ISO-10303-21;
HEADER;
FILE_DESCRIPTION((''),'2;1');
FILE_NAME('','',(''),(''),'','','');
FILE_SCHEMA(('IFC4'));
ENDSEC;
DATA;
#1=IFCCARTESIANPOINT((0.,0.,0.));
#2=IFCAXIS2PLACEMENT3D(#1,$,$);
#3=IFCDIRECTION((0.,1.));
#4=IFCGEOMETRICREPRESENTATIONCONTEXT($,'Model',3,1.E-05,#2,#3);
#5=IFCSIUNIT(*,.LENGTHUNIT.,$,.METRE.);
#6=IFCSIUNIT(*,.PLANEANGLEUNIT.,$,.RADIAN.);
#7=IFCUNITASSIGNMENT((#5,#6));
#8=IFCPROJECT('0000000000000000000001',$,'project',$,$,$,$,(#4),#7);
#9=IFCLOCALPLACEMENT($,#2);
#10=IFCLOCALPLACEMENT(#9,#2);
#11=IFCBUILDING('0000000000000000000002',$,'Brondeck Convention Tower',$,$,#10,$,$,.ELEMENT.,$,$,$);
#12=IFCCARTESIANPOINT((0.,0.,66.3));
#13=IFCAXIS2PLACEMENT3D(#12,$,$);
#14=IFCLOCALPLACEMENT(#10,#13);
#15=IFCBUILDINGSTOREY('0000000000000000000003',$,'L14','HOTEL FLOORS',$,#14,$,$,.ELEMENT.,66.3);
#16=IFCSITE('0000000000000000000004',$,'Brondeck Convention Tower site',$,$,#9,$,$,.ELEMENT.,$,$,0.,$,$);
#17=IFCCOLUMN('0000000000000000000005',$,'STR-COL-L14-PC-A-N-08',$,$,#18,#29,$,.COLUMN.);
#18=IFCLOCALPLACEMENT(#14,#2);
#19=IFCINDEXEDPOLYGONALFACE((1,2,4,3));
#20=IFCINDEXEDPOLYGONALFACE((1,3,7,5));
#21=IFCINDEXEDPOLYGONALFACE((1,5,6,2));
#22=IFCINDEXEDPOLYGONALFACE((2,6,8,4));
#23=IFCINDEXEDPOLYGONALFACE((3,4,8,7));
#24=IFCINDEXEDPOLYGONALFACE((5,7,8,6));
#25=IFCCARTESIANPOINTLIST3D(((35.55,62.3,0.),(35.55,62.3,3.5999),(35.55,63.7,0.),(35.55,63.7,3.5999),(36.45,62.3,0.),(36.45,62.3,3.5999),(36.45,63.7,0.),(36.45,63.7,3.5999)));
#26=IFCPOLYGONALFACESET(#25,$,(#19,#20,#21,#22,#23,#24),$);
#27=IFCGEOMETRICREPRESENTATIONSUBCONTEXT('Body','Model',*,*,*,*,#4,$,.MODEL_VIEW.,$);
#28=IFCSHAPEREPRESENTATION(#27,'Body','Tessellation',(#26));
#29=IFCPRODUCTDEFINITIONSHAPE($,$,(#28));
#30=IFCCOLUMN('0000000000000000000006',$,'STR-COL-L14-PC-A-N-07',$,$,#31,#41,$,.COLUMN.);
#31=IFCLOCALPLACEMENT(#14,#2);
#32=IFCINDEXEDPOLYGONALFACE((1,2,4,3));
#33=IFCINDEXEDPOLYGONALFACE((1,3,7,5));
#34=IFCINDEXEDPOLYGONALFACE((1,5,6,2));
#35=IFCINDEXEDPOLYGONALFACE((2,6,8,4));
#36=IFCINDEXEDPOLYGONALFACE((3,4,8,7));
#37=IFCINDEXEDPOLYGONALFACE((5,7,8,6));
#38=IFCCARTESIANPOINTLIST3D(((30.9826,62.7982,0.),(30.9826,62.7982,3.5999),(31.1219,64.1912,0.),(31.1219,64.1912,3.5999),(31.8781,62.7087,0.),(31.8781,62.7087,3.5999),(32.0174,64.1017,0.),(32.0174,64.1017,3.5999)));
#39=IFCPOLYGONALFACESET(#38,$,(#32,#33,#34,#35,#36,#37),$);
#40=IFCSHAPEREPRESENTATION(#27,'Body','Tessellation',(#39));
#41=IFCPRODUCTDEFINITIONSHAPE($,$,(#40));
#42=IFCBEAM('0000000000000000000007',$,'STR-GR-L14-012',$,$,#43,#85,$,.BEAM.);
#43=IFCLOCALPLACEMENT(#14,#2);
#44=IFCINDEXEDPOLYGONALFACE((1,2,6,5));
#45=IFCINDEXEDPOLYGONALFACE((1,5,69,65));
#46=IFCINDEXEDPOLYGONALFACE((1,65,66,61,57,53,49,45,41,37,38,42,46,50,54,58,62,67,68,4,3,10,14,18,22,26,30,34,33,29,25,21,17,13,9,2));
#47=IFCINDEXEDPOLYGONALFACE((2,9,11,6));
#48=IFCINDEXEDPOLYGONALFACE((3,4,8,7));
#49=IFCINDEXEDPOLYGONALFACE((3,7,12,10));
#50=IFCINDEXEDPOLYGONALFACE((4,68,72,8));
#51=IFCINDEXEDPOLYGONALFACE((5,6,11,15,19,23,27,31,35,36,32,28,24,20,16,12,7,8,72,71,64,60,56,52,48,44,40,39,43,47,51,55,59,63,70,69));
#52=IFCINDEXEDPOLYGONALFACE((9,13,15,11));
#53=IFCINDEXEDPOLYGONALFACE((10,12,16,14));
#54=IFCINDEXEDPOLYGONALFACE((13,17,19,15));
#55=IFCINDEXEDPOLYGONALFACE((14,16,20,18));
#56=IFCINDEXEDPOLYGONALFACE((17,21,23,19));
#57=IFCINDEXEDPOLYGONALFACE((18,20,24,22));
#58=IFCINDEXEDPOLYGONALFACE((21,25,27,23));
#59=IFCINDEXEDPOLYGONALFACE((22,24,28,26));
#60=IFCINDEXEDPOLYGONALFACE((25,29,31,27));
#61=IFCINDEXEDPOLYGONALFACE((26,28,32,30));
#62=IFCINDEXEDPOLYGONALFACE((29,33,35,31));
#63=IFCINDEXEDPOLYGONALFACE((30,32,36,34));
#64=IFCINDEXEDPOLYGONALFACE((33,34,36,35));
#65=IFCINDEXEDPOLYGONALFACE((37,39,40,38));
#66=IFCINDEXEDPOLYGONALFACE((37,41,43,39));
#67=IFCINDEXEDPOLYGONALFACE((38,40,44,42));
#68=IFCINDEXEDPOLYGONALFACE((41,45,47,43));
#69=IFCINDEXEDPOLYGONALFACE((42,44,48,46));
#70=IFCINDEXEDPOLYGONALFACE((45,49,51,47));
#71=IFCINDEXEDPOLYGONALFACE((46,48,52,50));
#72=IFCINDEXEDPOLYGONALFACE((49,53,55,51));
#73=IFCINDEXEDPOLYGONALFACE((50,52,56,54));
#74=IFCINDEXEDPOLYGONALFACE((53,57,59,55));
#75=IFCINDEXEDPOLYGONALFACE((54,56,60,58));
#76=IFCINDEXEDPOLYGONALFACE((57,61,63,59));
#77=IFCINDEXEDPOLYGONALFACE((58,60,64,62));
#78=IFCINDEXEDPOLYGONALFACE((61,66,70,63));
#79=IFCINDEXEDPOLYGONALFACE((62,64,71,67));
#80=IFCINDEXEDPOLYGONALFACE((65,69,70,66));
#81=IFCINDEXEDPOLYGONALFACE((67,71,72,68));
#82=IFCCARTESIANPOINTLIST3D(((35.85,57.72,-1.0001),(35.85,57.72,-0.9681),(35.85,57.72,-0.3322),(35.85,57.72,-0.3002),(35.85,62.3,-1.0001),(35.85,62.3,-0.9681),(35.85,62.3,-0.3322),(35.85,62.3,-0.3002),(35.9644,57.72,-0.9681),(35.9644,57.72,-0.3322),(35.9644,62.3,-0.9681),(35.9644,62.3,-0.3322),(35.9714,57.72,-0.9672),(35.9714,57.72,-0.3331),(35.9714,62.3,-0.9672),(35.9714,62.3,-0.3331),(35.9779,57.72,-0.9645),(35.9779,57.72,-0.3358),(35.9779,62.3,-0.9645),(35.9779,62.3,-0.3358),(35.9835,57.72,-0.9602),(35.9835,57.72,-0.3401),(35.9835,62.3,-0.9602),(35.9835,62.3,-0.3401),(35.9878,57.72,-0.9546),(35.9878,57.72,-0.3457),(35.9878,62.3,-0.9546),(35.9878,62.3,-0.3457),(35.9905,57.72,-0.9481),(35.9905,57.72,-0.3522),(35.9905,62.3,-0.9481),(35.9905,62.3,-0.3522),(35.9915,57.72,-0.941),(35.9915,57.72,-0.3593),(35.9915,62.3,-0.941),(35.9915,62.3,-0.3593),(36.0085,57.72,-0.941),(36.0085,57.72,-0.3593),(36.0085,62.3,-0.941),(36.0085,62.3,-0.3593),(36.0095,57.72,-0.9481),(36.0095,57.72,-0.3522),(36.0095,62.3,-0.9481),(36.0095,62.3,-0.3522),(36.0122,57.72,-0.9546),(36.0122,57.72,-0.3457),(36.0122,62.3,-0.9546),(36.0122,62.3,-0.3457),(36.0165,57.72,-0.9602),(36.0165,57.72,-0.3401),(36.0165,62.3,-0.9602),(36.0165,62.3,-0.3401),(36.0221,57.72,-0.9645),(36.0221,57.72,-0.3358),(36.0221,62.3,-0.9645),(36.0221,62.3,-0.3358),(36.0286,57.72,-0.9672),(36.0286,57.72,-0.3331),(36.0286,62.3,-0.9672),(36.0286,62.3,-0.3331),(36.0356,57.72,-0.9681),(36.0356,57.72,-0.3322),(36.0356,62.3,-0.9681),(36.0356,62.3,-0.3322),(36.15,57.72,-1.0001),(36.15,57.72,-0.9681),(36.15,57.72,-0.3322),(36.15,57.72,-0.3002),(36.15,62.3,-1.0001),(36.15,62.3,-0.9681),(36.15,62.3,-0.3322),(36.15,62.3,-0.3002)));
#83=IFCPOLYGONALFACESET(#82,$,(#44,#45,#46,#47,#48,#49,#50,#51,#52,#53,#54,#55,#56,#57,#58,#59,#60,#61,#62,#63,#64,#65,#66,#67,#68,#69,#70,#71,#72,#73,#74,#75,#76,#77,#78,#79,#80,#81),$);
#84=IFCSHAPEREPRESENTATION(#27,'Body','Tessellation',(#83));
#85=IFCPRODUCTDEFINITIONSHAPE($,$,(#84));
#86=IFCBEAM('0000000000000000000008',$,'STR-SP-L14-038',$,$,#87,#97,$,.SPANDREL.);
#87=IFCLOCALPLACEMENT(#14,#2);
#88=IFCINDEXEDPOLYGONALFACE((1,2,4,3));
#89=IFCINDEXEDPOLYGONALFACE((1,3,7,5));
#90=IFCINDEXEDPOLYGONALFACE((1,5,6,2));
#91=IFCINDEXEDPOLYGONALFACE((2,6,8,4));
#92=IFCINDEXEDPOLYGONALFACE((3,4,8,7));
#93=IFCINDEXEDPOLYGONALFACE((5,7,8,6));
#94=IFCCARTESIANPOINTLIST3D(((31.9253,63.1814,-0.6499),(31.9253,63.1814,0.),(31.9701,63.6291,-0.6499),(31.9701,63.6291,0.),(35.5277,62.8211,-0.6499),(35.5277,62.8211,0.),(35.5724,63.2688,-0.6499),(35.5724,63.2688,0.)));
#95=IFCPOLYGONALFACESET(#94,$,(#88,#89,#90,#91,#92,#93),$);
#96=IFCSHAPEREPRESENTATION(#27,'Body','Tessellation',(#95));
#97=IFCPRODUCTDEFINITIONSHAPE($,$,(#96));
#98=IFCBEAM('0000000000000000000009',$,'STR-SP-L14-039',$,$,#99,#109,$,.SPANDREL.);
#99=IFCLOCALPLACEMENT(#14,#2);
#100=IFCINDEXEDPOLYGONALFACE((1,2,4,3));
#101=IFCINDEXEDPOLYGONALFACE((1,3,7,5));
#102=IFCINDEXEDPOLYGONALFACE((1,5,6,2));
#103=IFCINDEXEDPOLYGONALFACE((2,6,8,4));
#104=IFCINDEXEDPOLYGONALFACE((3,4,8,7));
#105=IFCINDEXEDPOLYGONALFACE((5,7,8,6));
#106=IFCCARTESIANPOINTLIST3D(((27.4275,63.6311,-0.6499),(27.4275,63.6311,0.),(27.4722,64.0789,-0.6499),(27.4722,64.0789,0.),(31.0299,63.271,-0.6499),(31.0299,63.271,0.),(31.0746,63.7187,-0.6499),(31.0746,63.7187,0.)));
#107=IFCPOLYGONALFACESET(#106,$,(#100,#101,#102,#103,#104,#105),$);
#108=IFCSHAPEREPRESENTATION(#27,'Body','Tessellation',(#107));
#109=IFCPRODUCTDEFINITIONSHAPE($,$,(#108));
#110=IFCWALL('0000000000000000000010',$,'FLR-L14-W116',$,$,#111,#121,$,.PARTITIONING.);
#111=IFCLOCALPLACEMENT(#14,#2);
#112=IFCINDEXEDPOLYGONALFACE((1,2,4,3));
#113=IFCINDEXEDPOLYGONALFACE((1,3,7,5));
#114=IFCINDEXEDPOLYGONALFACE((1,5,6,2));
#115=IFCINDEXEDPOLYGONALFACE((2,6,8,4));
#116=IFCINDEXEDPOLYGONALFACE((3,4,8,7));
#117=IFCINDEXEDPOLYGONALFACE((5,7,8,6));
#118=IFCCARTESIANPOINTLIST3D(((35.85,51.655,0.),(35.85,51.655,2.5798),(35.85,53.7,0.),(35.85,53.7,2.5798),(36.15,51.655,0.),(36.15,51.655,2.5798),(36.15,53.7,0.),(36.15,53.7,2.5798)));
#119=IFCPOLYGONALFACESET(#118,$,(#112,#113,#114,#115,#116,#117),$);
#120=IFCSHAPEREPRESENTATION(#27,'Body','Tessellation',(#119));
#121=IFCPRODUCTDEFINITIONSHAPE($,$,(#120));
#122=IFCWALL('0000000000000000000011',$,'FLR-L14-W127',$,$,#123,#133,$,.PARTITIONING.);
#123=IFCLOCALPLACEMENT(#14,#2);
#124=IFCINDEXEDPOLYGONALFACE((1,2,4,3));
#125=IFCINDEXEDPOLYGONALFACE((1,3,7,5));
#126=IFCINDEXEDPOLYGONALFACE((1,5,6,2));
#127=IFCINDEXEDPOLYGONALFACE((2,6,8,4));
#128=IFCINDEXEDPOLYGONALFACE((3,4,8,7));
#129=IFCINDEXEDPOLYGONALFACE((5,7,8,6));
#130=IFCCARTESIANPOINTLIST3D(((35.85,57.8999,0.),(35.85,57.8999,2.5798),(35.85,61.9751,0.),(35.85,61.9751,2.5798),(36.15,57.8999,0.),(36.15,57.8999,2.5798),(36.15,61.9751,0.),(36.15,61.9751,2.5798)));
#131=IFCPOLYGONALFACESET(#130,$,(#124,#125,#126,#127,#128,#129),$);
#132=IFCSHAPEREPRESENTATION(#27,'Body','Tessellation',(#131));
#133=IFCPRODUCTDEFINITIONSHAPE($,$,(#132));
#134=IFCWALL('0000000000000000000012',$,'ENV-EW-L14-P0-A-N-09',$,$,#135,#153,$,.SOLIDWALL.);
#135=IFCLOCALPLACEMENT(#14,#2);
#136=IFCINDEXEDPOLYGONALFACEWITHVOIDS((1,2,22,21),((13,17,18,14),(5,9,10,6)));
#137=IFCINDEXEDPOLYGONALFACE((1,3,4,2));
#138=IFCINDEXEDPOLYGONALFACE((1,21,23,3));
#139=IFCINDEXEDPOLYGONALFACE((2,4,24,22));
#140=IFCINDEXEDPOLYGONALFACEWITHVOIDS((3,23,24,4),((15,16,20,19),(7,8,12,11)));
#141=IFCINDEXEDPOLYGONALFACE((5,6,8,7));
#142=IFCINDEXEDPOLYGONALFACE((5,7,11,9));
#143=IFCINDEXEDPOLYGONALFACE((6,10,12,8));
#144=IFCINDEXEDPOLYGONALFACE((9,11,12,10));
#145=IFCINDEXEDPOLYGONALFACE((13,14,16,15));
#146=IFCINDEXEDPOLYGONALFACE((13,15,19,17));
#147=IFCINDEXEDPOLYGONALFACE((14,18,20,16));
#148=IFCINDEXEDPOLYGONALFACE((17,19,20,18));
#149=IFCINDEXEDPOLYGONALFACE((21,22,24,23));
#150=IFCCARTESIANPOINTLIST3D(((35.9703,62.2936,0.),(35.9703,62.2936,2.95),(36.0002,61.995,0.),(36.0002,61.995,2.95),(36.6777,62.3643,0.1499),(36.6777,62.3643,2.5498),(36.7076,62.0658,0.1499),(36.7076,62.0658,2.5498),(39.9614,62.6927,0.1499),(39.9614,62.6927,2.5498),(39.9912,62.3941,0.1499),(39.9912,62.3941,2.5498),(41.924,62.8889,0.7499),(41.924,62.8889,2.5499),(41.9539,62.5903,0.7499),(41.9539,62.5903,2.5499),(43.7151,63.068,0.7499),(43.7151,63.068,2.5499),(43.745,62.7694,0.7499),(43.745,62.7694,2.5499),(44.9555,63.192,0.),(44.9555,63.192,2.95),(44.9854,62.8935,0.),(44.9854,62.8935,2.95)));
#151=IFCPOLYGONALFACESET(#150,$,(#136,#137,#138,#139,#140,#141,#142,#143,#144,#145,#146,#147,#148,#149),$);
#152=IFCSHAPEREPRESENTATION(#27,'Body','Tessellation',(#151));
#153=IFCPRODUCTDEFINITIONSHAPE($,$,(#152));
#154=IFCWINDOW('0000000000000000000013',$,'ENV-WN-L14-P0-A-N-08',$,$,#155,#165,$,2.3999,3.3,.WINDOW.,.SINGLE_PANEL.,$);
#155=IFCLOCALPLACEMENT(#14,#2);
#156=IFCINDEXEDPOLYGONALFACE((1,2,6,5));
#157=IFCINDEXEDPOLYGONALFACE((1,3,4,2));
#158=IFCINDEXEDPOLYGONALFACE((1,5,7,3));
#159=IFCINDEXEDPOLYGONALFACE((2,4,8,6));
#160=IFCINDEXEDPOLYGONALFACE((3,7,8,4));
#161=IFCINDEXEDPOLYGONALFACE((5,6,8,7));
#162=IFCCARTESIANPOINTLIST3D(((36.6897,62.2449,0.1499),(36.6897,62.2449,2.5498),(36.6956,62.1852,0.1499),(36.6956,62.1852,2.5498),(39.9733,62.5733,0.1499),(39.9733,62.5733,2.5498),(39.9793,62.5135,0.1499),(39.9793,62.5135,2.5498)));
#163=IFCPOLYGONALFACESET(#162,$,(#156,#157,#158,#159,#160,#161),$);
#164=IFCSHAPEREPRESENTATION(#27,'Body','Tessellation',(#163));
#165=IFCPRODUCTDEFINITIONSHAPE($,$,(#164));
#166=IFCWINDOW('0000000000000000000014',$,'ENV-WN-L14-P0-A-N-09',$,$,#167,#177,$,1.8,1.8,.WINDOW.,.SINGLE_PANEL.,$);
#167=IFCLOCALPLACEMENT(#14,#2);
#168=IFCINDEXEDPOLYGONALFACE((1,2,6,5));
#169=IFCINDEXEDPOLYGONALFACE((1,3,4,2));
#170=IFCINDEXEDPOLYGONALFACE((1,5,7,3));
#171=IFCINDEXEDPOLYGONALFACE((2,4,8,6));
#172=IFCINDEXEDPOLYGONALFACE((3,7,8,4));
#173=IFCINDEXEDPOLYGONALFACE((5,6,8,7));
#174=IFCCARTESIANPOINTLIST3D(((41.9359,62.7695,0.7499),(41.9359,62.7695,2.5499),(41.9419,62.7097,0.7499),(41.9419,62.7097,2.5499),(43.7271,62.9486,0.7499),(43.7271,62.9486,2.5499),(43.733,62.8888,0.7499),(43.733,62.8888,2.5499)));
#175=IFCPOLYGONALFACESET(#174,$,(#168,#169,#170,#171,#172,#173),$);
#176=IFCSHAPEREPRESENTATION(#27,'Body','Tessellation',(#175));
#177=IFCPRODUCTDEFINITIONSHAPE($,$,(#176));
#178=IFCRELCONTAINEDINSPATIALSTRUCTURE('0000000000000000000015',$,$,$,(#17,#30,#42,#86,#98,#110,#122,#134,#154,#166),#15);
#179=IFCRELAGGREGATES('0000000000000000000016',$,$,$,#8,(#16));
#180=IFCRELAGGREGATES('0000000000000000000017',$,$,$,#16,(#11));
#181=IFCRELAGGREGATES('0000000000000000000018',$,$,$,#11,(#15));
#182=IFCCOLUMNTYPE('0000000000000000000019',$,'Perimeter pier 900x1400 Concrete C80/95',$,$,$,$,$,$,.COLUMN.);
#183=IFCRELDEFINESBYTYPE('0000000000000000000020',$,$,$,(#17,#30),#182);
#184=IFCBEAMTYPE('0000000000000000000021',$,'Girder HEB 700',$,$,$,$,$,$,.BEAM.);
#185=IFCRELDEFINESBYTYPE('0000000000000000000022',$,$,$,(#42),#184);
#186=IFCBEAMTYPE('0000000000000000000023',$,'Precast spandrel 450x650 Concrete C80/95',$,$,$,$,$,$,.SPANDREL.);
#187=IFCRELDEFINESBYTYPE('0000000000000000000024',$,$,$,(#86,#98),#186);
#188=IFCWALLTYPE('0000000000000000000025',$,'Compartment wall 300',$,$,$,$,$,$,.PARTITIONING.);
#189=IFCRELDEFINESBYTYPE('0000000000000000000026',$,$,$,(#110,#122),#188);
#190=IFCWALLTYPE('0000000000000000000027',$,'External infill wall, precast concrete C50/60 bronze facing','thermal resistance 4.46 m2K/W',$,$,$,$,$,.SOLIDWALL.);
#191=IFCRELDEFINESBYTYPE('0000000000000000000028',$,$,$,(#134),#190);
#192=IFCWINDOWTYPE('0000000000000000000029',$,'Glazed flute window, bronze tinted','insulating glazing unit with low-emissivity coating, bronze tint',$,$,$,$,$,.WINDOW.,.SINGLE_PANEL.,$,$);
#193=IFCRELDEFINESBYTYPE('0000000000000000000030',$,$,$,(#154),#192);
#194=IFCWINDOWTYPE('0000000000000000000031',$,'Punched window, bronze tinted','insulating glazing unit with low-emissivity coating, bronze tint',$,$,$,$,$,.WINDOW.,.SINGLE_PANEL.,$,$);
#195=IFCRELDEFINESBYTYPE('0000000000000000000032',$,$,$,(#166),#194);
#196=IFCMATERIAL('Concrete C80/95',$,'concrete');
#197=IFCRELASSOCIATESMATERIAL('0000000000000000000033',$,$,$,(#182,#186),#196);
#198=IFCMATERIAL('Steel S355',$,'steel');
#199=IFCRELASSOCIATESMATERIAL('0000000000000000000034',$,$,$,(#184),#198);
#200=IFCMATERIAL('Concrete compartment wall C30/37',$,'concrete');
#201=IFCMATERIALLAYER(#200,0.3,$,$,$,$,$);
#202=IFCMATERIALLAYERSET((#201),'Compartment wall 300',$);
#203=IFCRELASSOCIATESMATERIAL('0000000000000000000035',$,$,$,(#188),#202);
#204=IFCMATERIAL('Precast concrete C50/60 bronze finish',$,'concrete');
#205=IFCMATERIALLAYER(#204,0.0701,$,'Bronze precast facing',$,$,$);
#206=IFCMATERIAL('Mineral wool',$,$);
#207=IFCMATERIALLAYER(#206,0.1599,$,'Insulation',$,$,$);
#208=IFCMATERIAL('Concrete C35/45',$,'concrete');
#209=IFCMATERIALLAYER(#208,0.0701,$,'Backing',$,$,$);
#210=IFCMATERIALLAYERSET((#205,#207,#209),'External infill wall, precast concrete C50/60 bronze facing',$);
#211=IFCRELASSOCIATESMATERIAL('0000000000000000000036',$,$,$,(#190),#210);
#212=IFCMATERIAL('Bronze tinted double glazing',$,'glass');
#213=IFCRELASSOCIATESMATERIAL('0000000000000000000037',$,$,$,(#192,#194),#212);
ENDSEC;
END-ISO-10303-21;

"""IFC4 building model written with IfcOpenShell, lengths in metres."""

from ifc_helpers import new_model, si_unit, direction, frame, frame_2d, origin, origin_2d, place, context, subcontext, project, spatial, rectangle, i_section, extrude, material, layer, layer_set, material_profile, profile_set, type_object, element, fill, save


model = new_model("IFC4")

# Units and contexts
model_context = context("Model", 3, precision=1e-05, world=origin(), true_north=direction((0.0, 1.0)))
body_context = subcontext(model_context, "Body", "Model", "MODEL_VIEW")
ifc_project = project(units=[si_unit("LENGTHUNIT", "METRE"), si_unit("PLANEANGLEUNIT", "RADIAN")], contexts=[model_context])

# Site, building, storey
site_placement = place(None, origin())
site = spatial("IfcSite", under=ifc_project, at=site_placement, Name="Brondeck Convention Tower site", CompositionType="ELEMENT", RefElevation=0.0)
building_placement = place(site_placement, origin())
building = spatial("IfcBuilding", under=site, at=building_placement, Name="Brondeck Convention Tower", CompositionType="ELEMENT")
storey_placement = place(building_placement, frame((0.0, 0.0, 66.3)))
storey = spatial("IfcBuildingStorey", under=building, at=storey_placement, Name="L14", Description="HOTEL FLOORS", CompositionType="ELEMENT", Elevation=66.3)

# Columns
ifc_material_1 = material(Name="Concrete C80/95", Category="concrete")
ifc_material_profile_1 = material_profile(ifc_material_1, rectangle(XDim=0.8999, YDim=1.3999, at=origin_2d()), Name="Perimeter pier 900x1400 Concrete C80/95")
ifc_profile_set_1 = profile_set([ifc_material_profile_1], Name="Concrete C80/95")
column_type = type_object("IfcColumnType", Name="Perimeter pier 900x1400 Concrete C80/95", PredefinedType="COLUMN", material=ifc_profile_set_1)
for number, where, z_axis, x_axis, name in (
    (1, (36.0, 63.0, 0.0), (0.0, 0.0, 1.0), (-1.0, 0.0, 0.0), "STR-COL-L14-PC-A-N-08"),
    (2, (31.5, 63.45, 0.0), (0.0, 0.0, 1.0), (-0.995037, 0.099504, 0.0), "STR-COL-L14-PC-A-N-07"),
):
    element("IfcColumn", number, at=place(storey_placement, frame(where, z_axis=z_axis, x_axis=x_axis)), inside=storey, type_object=column_type, Name=name, PredefinedType="COLUMN", context=body_context, shape_type="SweptSolid", body=[
        extrude(rectangle(XDim=0.8999, YDim=1.3999, at=origin_2d()), origin(), (0.0, 0.0, 1.0), 3.5999),
    ])

# Beams
ifc_material_2 = material(Name="Steel S355", Category="steel")
ifc_material_profile_2 = material_profile(ifc_material_2, i_section(OverallWidth=0.3, OverallDepth=0.7, WebThickness=0.0171, FlangeThickness=0.032, FilletRadius=0.0271, at=origin_2d()), Name="HEB 700")
ifc_profile_set_2 = profile_set([ifc_material_profile_2], Name="Steel S355")
beam_type_1 = type_object("IfcBeamType", Name="Girder HEB 700", PredefinedType="BEAM", material=ifc_profile_set_2)
beam_placement = place(storey_placement, frame((36.0, 57.72, -0.6501), z_axis=(0.0, 1.0, 0.0), x_axis=(-1.0, 0.0, 0.0)))
element("IfcBeam", 3, at=beam_placement, inside=storey, type_object=beam_type_1, Name="STR-GR-L14-012", PredefinedType="BEAM", context=body_context, shape_type="SweptSolid", body=[
    extrude(i_section(OverallWidth=0.3, OverallDepth=0.7, WebThickness=0.0171, FlangeThickness=0.032, FilletRadius=0.0271, at=origin_2d()), origin(), (0.0, 0.0, 1.0), 4.5801),
])
ifc_material_profile_3 = material_profile(ifc_material_1, rectangle(XDim=0.45, YDim=0.6499, at=origin_2d()), Name="Precast spandrel 450x650 Concrete C80/95")
ifc_profile_set_3 = profile_set([ifc_material_profile_3], Name="Concrete C80/95")
beam_type_2 = type_object("IfcBeamType", Name="Precast spandrel 450x650 Concrete C80/95", PredefinedType="SPANDREL", material=ifc_profile_set_3)
for number, where, z_axis, x_axis, name in (
    (4, (35.55, 63.0449, -0.325), (-0.995034, 0.099537, 0.0), (-0.099537, -0.995034, 0.0), "STR-SP-L14-038"),
    (5, (31.0522, 63.4949, -0.325), (-0.995041, 0.09947, 0.0), (-0.09947, -0.995041, 0.0), "STR-SP-L14-039"),
):
    element("IfcBeam", number, at=place(storey_placement, frame(where, z_axis=z_axis, x_axis=x_axis)), inside=storey, type_object=beam_type_2, Name=name, PredefinedType="SPANDREL", context=body_context, shape_type="SweptSolid", body=[
        extrude(rectangle(XDim=0.45, YDim=0.6499, at=origin_2d()), origin(), (0.0, 0.0, 1.0), 3.6204),
    ])

# Walls
ifc_material_3 = material(Name="Concrete compartment wall C30/37", Category="concrete")
ifc_layer_1 = layer(ifc_material_3, 0.3)
ifc_layer_set_1 = layer_set([ifc_layer_1], Name="Compartment wall 300")
wall_type_1 = type_object("IfcWallType", Name="Compartment wall 300", PredefinedType="PARTITIONING", material=ifc_layer_set_1)
wall_1_placement = place(storey_placement, frame((36.0, 53.7, 0.0), z_axis=(0.0, 0.0, 1.0), x_axis=(0.0, -1.0, 0.0)))
element("IfcWall", 6, at=wall_1_placement, inside=storey, type_object=wall_type_1, Name="FLR-L14-W116", PredefinedType="PARTITIONING", context=body_context, shape_type="SweptSolid", body=[
    extrude(rectangle(XDim=2.0449, YDim=0.3, at=frame_2d((1.0225, 0.0))), origin(), (0.0, 0.0, 1.0), 2.5798),
])
wall_2_placement = place(storey_placement, frame((36.0, 61.9751, 0.0), z_axis=(0.0, 0.0, 1.0), x_axis=(0.0, -1.0, 0.0)))
element("IfcWall", 7, at=wall_2_placement, inside=storey, type_object=wall_type_1, Name="FLR-L14-W127", PredefinedType="PARTITIONING", context=body_context, shape_type="SweptSolid", body=[
    extrude(rectangle(XDim=4.0752, YDim=0.3, at=frame_2d((2.0376, 0.0))), origin(), (0.0, 0.0, 1.0), 2.5798),
])

# Wall, openings, windows
ifc_material_4 = material(Name="Precast concrete C50/60 bronze finish", Category="concrete")
ifc_layer_2 = layer(ifc_material_4, 0.0701, Name="Bronze precast facing")
ifc_material_5 = material(Name="Mineral wool")
ifc_layer_3 = layer(ifc_material_5, 0.1599, Name="Insulation")
ifc_material_6 = material(Name="Concrete C35/45", Category="concrete")
ifc_layer_4 = layer(ifc_material_6, 0.0701, Name="Backing")
ifc_layer_set_2 = layer_set([ifc_layer_2, ifc_layer_3, ifc_layer_4], Name="External infill wall, precast concrete C50/60 bronze facing")
wall_type_2 = type_object("IfcWallType", Name="External infill wall, precast concrete C50/60 bronze facing", Description="thermal resistance 4.46 m2K/W", PredefinedType="SOLIDWALL", material=ifc_layer_set_2)
wall_3_placement = place(storey_placement, frame((35.9851, 62.1443, 0.0), z_axis=(0.0, 0.0, 1.0), x_axis=(0.995038, 0.099496, 0.0)))
wall_3 = element("IfcWall", 8, at=wall_3_placement, inside=storey, type_object=wall_type_2, Name="ENV-EW-L14-P0-A-N-09", PredefinedType="SOLIDWALL", context=body_context, shape_type="SweptSolid", body=[
    extrude(rectangle(XDim=9.03, YDim=0.3, at=frame_2d((4.5151, 0.0))), origin(), (0.0, 0.0, 1.0), 2.95),
])
opening_1_placement = place(wall_3_placement, frame((0.7112, 0.0, 0.1499)))
opening_1 = element("IfcOpeningElement", 9, at=opening_1_placement, cuts=wall_3, PredefinedType="OPENING", context=body_context, shape_type="SweptSolid", body=[
    extrude(rectangle(XDim=3.3, YDim=2.3999, at=frame_2d((1.6499, 1.2))), frame((0.0, 0.1599, 0.0), z_axis=(0.0, -1.0, 0.0), x_axis=(1.0, 0.0, 0.0)), (0.0, 0.0, 1.0), 0.3201),
])
opening_2_placement = place(wall_3_placement, frame((5.9836, 0.0, 0.75)))
opening_2 = element("IfcOpeningElement", 10, at=opening_2_placement, cuts=wall_3, PredefinedType="OPENING", context=body_context, shape_type="SweptSolid", body=[
    extrude(rectangle(XDim=1.8, YDim=1.8, at=frame_2d((0.8999, 0.8999))), frame((0.0, 0.1599, 0.0), z_axis=(0.0, -1.0, 0.0), x_axis=(1.0, 0.0, 0.0)), (0.0, 0.0, 1.0), 0.3201),
])
ifc_material_7 = material(Name="Bronze tinted double glazing", Category="glass")
window_type_1 = type_object("IfcWindowType", Name="Glazed flute window, bronze tinted", Description="insulating glazing unit with low-emissivity coating, bronze tint", PartitioningType="SINGLE_PANEL", PredefinedType="WINDOW", material=ifc_material_7)
window_1_placement = place(opening_1_placement, origin())
window_1 = element("IfcWindow", 11, at=window_1_placement, inside=storey, type_object=window_type_1, Name="ENV-WN-L14-P0-A-N-08", OverallHeight=2.3999, OverallWidth=3.3, PartitioningType="SINGLE_PANEL", PredefinedType="WINDOW", context=body_context, shape_type="SweptSolid", body=[
    extrude(rectangle(XDim=3.3, YDim=2.3999, at=frame_2d((1.6499, 1.2))), frame((0.0, 0.03, 0.0), z_axis=(0.0, -1.0, 0.0), x_axis=(1.0, 0.0, 0.0)), (0.0, 0.0, 1.0), 0.0601),
])
fill(opening_1, window_1)
window_type_2 = type_object("IfcWindowType", Name="Punched window, bronze tinted", Description="insulating glazing unit with low-emissivity coating, bronze tint", PartitioningType="SINGLE_PANEL", PredefinedType="WINDOW", material=ifc_material_7)
window_2_placement = place(opening_2_placement, origin())
window_2 = element("IfcWindow", 12, at=window_2_placement, inside=storey, type_object=window_type_2, Name="ENV-WN-L14-P0-A-N-09", OverallHeight=1.8, OverallWidth=1.8, PartitioningType="SINGLE_PANEL", PredefinedType="WINDOW", context=body_context, shape_type="SweptSolid", body=[
    extrude(rectangle(XDim=1.8, YDim=1.8, at=frame_2d((0.8999, 0.8999))), frame((0.0, 0.03, 0.0), z_axis=(0.0, -1.0, 0.0), x_axis=(1.0, 0.0, 0.0)), (0.0, 0.0, 1.0), 0.0601),
])
fill(opening_2, window_2)

save(model, "model.ifc")
